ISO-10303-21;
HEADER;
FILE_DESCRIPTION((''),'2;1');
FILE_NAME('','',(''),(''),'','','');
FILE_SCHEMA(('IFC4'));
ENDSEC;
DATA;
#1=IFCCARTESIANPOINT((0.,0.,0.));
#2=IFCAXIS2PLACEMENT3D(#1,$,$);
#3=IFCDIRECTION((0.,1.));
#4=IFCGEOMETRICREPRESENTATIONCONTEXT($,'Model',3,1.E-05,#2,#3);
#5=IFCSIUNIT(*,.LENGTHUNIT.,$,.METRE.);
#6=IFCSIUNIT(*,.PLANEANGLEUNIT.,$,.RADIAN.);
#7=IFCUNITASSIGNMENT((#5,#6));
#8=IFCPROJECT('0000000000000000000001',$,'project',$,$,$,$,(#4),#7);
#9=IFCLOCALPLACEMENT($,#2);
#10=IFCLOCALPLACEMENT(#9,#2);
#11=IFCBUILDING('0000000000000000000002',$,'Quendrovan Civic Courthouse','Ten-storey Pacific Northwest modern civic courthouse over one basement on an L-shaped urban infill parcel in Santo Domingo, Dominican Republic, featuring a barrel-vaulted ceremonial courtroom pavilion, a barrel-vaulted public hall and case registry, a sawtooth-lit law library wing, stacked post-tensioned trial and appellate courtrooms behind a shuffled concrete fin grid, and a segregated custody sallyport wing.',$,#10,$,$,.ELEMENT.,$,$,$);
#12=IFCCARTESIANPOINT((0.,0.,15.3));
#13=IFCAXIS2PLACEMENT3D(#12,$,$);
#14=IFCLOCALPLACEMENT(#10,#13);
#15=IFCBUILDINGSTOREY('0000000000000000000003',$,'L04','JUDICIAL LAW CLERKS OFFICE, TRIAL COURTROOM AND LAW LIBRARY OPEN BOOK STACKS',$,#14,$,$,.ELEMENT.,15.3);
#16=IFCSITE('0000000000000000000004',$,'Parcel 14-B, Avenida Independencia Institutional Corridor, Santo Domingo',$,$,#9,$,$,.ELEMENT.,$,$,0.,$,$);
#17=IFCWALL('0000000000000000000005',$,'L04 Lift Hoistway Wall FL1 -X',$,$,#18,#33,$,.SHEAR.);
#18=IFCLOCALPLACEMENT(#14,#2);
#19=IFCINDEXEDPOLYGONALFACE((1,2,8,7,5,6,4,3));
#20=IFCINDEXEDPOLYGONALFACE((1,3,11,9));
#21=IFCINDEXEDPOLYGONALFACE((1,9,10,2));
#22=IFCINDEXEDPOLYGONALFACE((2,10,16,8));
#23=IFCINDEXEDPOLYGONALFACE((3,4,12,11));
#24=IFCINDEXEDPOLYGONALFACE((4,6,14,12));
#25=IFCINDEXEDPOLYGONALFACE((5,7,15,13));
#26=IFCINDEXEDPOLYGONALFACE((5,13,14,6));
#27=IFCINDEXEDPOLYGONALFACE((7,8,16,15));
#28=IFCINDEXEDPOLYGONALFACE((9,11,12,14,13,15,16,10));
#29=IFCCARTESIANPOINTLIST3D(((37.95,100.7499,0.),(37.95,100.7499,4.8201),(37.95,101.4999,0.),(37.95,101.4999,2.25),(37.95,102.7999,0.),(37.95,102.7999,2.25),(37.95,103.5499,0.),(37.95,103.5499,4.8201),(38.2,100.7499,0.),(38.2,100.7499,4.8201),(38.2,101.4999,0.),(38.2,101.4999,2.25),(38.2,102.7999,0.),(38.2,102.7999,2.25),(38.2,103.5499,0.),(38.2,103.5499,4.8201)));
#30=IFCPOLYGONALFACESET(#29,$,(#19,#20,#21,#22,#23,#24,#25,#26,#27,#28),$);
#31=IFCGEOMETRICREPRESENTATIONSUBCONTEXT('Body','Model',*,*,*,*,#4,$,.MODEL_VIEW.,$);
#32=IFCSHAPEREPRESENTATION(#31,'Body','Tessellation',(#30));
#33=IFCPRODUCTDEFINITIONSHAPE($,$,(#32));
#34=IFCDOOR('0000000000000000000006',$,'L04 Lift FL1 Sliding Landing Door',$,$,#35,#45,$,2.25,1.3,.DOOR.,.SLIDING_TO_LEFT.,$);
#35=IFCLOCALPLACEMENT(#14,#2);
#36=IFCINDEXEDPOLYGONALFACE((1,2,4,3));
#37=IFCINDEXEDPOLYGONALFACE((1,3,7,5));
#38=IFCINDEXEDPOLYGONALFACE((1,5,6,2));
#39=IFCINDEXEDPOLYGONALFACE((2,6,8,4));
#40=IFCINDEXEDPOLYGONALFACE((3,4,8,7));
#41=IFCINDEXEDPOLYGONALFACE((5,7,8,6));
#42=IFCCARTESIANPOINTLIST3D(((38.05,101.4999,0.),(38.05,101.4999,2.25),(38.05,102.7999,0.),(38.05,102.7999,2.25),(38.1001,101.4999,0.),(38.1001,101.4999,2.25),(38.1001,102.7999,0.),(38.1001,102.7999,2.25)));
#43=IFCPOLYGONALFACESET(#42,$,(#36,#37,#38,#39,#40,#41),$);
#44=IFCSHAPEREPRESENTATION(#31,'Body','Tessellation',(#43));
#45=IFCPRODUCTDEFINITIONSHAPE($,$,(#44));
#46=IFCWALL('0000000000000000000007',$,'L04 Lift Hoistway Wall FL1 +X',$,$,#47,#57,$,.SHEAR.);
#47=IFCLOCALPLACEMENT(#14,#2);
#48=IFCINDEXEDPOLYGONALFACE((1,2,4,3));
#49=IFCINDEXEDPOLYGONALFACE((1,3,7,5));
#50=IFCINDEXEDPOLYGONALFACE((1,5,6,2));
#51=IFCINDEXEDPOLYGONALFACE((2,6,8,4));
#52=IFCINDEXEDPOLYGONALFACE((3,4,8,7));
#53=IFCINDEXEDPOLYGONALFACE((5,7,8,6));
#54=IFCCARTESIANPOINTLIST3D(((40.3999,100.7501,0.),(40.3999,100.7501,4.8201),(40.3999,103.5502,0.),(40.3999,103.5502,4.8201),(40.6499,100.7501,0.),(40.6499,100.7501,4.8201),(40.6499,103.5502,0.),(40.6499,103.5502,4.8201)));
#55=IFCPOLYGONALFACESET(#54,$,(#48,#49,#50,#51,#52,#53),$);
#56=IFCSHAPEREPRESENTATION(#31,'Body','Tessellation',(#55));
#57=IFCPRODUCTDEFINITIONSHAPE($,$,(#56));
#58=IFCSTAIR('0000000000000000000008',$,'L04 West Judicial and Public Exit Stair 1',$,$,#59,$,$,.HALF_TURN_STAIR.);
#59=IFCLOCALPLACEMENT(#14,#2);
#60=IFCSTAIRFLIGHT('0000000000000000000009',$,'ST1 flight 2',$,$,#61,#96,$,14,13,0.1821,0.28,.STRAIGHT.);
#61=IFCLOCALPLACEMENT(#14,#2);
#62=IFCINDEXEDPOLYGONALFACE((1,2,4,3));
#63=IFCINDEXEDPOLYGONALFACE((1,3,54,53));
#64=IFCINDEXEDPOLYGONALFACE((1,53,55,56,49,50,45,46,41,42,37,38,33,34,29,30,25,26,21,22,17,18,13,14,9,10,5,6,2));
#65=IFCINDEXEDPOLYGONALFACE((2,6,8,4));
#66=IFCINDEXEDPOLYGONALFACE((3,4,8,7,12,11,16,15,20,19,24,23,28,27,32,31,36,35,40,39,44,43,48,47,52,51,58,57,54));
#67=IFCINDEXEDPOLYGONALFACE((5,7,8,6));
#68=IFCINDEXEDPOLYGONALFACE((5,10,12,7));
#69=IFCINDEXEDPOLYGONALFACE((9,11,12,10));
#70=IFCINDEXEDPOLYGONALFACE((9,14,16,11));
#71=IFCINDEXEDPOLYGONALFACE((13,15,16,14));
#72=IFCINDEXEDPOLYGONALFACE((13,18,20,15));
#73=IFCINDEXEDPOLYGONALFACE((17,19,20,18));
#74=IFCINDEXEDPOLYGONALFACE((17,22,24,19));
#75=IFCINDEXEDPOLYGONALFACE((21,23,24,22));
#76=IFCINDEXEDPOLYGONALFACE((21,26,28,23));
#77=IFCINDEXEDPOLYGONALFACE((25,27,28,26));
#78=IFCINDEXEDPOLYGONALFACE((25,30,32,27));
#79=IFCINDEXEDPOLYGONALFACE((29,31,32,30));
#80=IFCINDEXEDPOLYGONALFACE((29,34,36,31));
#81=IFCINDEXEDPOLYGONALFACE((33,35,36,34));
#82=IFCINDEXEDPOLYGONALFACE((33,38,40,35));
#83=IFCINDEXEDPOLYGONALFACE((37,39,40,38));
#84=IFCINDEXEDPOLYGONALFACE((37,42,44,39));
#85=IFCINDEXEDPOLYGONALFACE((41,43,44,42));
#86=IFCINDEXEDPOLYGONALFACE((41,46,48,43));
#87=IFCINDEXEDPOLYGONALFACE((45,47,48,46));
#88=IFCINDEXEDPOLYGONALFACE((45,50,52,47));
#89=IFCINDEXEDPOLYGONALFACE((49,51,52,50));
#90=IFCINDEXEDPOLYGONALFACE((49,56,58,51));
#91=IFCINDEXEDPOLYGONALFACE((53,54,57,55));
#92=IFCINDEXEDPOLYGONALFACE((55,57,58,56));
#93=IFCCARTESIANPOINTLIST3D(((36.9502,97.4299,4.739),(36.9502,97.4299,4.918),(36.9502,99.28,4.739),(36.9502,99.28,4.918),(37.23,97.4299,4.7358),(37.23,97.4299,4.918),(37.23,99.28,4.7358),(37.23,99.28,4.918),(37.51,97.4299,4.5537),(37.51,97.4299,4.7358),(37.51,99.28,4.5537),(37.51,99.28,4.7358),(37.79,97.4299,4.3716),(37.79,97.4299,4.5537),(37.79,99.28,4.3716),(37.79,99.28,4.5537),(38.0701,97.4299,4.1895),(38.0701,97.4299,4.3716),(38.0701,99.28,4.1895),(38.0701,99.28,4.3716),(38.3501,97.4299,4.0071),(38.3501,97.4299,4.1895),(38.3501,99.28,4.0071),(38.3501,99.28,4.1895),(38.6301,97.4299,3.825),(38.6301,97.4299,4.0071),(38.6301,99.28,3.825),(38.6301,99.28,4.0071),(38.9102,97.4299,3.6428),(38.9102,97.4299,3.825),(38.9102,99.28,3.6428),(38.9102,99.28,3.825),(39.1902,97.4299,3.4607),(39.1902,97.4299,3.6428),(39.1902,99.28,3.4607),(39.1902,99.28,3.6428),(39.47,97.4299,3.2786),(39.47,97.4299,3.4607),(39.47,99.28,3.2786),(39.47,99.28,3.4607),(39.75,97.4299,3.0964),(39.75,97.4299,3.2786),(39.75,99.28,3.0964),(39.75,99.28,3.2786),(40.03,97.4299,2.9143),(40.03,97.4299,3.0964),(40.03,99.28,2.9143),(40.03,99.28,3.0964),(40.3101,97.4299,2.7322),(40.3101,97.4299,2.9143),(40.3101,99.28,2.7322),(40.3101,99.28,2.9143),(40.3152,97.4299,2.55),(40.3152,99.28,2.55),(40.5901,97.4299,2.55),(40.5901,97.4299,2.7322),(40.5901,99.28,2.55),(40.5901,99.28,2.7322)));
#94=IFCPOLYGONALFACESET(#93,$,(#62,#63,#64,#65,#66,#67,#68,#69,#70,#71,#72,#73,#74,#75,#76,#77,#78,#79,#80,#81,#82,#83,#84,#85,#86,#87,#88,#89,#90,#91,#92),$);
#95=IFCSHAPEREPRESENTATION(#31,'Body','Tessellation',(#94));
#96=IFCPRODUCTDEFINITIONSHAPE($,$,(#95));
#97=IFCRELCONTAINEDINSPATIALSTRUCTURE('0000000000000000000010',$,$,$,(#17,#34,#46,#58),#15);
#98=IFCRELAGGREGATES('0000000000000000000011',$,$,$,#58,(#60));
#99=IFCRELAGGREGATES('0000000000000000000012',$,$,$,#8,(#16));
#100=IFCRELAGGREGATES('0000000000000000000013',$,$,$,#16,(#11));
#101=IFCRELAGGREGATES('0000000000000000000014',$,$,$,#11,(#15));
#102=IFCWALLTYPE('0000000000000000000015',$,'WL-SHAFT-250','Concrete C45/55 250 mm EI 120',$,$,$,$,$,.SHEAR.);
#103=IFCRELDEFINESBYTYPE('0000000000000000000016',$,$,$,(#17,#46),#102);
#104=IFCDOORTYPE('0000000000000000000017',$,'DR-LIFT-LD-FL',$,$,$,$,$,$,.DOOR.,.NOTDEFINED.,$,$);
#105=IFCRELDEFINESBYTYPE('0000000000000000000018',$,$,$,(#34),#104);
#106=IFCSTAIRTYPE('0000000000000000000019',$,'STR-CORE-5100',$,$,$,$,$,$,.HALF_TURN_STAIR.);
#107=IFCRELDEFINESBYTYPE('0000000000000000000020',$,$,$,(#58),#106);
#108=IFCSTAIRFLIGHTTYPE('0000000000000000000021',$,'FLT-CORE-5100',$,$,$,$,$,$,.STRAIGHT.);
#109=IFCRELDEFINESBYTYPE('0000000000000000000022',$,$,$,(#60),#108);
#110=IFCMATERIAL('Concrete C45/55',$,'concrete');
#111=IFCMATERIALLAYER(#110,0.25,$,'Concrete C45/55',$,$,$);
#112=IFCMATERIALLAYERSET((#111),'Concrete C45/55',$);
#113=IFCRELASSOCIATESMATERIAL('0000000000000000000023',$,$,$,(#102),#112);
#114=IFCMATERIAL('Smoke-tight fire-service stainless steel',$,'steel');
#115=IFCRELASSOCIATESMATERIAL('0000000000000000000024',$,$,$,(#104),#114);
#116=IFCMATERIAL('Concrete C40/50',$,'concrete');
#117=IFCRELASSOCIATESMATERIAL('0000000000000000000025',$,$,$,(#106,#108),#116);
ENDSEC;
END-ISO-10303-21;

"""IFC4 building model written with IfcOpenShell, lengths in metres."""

from ifc_helpers import new_model, si_unit, direction, frame, frame_2d, origin, place, context, subcontext, project, spatial, polyline, rectangle, outline, extrude, material, layer, layer_set, type_object, element, fill, aggregate, save


model = new_model("IFC4")

# Units and contexts
model_context = context("Model", 3, precision=1e-05, world=origin(), true_north=direction((0.0, 1.0)))
body_context = subcontext(model_context, "Body", "Model", "MODEL_VIEW")
ifc_project = project(units=[si_unit("LENGTHUNIT", "METRE"), si_unit("PLANEANGLEUNIT", "RADIAN")], contexts=[model_context])

# Site, building, storey
site_placement = place(None, origin())
site = spatial("IfcSite", under=ifc_project, at=site_placement, Name="Parcel 14-B, Avenida Independencia Institutional Corridor, Santo Domingo", CompositionType="ELEMENT", RefElevation=0.0)
building_placement = place(site_placement, origin())
building = spatial("IfcBuilding", under=site, at=building_placement, Name="Quendrovan Civic Courthouse", Description="Ten-storey Pacific Northwest modern civic courthouse over one basement on an L-shaped urban infill parcel in Santo Domingo, Dominican Republic, featuring a barrel-vaulted ceremonial courtroom pavilion, a barrel-vaulted public hall and case registry, a sawtooth-lit law library wing, stacked post-tensioned trial and appellate courtrooms behind a shuffled concrete fin grid, and a segregated custody sallyport wing.", CompositionType="ELEMENT")
storey_placement = place(building_placement, frame((0.0, 0.0, 15.3)))
storey = spatial("IfcBuildingStorey", under=building, at=storey_placement, Name="L04", Description="JUDICIAL LAW CLERKS OFFICE, TRIAL COURTROOM AND LAW LIBRARY OPEN BOOK STACKS", CompositionType="ELEMENT", Elevation=15.3)

# Shared definitions
ifc_material_1 = material(Name="Concrete C45/55", Category="concrete")

# Shared definitions
ifc_material_2 = material(Name="Concrete C40/50", Category="concrete")

# Shared definitions
ifc_layer_1 = layer(ifc_material_1, 0.25, Name="Concrete C45/55")
ifc_layer_set_1 = layer_set([ifc_layer_1], Name="Concrete C45/55")
wall_type_1 = type_object("IfcWallType", Name="WL-SHAFT-250", Description="Concrete C45/55 250 mm EI 120", PredefinedType="SHEAR", material=ifc_layer_set_1)

# Wall, opening, door
wall_1_placement = place(storey_placement, frame((38.075, 100.75, 0.0), z_axis=(0.0, 0.0, 1.0), x_axis=(0.0, 1.0, 0.0)))
wall_1 = element("IfcWall", 1, at=wall_1_placement, inside=storey, type_object=wall_type_1, Name="L04 Lift Hoistway Wall FL1 -X", PredefinedType="SHEAR", context=body_context, shape_type="SweptSolid", body=[
    extrude(rectangle(XDim=2.8, YDim=0.25, at=frame_2d((1.3999, 0.0))), origin(), (0.0, 0.0, 1.0), 4.8201),
])
opening_1_placement = place(wall_1_placement, frame((0.75, 0.0, 0.0)))
opening_1 = element("IfcOpeningElement", 2, at=opening_1_placement, cuts=wall_1, PredefinedType="OPENING", context=body_context, shape_type="SweptSolid", body=[
    extrude(rectangle(XDim=1.3, YDim=2.25, at=frame_2d((0.6499, 1.125))), frame((0.0, 0.135, 0.0), z_axis=(0.0, -1.0, 0.0), x_axis=(1.0, 0.0, 0.0)), (0.0, 0.0, 1.0), 0.27),
])
ifc_material_3 = material(Name="Smoke-tight fire-service stainless steel", Category="steel")
door_type_1 = type_object("IfcDoorType", Name="DR-LIFT-LD-FL", OperationType="NOTDEFINED", PredefinedType="DOOR", material=ifc_material_3)
door_1_placement = place(opening_1_placement, origin())
door_1 = element("IfcDoor", 3, at=door_1_placement, inside=storey, type_object=door_type_1, Name="L04 Lift FL1 Sliding Landing Door", OperationType="SLIDING_TO_LEFT", OverallHeight=2.25, OverallWidth=1.3, PredefinedType="DOOR", context=body_context, shape_type="SweptSolid", body=[
    extrude(rectangle(XDim=1.3, YDim=2.25, at=frame_2d((0.6499, 1.125))), frame((0.0, 0.0249, 0.0), z_axis=(0.0, -1.0, 0.0), x_axis=(1.0, 0.0, 0.0)), (0.0, 0.0, 1.0), 0.05),
])
fill(opening_1, door_1)

# Wall
wall_2_placement = place(storey_placement, frame((40.5249, 103.55, 0.0), z_axis=(0.0, 0.0, 1.0), x_axis=(0.0, -1.0, 0.0)))
element("IfcWall", 4, at=wall_2_placement, inside=storey, type_object=wall_type_1, Name="L04 Lift Hoistway Wall FL1 +X", PredefinedType="SHEAR", context=body_context, shape_type="SweptSolid", body=[
    extrude(rectangle(XDim=2.8, YDim=0.25, at=frame_2d((1.3999, 0.0))), origin(), (0.0, 0.0, 1.0), 4.8201),
])

# Stair, stair flight
stair_type = type_object("IfcStairType", Name="STR-CORE-5100", PredefinedType="HALF_TURN_STAIR", material=ifc_material_2)
stair_placement = place(storey_placement, origin())
stair = element("IfcStair", 5, at=stair_placement, inside=storey, type_object=stair_type, Name="L04 West Judicial and Public Exit Stair 1", PredefinedType="HALF_TURN_STAIR")
stair_flight_type = type_object("IfcStairFlightType", Name="FLT-CORE-5100", PredefinedType="STRAIGHT", material=ifc_material_2)
stair_flight_placement = place(storey_placement, frame((40.5901, 98.355, 2.55), z_axis=(0.0, 0.0, 1.0), x_axis=(-1.0, 0.0, 0.0)))
stair_flight = element("IfcStairFlight", 6, at=stair_flight_placement, type_object=stair_flight_type, Name="ST1 flight 2", NumberOfRisers=14, NumberOfTreads=13, PredefinedType="STRAIGHT", RiserHeight=0.1821, TreadLength=0.28, context=body_context, shape_type="SweptSolid", body=[
    extrude(outline(polyline([(0.0, 0.0), (0.0, 0.1821), (0.28, 0.1821), (0.28, 0.3643), (0.5601, 0.3643), (0.5601, 0.5464), (0.8401, 0.5464), (0.8401, 0.7285), (1.1201, 0.7285), (1.1201, 0.9106), (1.3999, 0.9106), (1.3999, 1.0928), (1.6799, 1.0928), (1.6799, 1.2749), (1.96, 1.2749), (1.96, 1.457), (2.24, 1.457), (2.24, 1.6394), (2.52, 1.6394), (2.52, 1.8215), (2.8, 1.8215), (2.8, 2.0037), (3.0801, 2.0037), (3.0801, 2.1858), (3.3601, 2.1858), (3.3601, 2.3679), (3.6399, 2.3679), (3.6399, 2.55), (3.6399, 2.189), (0.2749, 0.0), (0.0, 0.0)])), frame((0.0, 0.925, 0.0), z_axis=(0.0, -1.0, 0.0), x_axis=(1.0, 0.0, 0.0)), (0.0, 0.0, 1.0), 1.8501),
])
aggregate(stair, [stair_flight])

save(model, "model.ifc")
